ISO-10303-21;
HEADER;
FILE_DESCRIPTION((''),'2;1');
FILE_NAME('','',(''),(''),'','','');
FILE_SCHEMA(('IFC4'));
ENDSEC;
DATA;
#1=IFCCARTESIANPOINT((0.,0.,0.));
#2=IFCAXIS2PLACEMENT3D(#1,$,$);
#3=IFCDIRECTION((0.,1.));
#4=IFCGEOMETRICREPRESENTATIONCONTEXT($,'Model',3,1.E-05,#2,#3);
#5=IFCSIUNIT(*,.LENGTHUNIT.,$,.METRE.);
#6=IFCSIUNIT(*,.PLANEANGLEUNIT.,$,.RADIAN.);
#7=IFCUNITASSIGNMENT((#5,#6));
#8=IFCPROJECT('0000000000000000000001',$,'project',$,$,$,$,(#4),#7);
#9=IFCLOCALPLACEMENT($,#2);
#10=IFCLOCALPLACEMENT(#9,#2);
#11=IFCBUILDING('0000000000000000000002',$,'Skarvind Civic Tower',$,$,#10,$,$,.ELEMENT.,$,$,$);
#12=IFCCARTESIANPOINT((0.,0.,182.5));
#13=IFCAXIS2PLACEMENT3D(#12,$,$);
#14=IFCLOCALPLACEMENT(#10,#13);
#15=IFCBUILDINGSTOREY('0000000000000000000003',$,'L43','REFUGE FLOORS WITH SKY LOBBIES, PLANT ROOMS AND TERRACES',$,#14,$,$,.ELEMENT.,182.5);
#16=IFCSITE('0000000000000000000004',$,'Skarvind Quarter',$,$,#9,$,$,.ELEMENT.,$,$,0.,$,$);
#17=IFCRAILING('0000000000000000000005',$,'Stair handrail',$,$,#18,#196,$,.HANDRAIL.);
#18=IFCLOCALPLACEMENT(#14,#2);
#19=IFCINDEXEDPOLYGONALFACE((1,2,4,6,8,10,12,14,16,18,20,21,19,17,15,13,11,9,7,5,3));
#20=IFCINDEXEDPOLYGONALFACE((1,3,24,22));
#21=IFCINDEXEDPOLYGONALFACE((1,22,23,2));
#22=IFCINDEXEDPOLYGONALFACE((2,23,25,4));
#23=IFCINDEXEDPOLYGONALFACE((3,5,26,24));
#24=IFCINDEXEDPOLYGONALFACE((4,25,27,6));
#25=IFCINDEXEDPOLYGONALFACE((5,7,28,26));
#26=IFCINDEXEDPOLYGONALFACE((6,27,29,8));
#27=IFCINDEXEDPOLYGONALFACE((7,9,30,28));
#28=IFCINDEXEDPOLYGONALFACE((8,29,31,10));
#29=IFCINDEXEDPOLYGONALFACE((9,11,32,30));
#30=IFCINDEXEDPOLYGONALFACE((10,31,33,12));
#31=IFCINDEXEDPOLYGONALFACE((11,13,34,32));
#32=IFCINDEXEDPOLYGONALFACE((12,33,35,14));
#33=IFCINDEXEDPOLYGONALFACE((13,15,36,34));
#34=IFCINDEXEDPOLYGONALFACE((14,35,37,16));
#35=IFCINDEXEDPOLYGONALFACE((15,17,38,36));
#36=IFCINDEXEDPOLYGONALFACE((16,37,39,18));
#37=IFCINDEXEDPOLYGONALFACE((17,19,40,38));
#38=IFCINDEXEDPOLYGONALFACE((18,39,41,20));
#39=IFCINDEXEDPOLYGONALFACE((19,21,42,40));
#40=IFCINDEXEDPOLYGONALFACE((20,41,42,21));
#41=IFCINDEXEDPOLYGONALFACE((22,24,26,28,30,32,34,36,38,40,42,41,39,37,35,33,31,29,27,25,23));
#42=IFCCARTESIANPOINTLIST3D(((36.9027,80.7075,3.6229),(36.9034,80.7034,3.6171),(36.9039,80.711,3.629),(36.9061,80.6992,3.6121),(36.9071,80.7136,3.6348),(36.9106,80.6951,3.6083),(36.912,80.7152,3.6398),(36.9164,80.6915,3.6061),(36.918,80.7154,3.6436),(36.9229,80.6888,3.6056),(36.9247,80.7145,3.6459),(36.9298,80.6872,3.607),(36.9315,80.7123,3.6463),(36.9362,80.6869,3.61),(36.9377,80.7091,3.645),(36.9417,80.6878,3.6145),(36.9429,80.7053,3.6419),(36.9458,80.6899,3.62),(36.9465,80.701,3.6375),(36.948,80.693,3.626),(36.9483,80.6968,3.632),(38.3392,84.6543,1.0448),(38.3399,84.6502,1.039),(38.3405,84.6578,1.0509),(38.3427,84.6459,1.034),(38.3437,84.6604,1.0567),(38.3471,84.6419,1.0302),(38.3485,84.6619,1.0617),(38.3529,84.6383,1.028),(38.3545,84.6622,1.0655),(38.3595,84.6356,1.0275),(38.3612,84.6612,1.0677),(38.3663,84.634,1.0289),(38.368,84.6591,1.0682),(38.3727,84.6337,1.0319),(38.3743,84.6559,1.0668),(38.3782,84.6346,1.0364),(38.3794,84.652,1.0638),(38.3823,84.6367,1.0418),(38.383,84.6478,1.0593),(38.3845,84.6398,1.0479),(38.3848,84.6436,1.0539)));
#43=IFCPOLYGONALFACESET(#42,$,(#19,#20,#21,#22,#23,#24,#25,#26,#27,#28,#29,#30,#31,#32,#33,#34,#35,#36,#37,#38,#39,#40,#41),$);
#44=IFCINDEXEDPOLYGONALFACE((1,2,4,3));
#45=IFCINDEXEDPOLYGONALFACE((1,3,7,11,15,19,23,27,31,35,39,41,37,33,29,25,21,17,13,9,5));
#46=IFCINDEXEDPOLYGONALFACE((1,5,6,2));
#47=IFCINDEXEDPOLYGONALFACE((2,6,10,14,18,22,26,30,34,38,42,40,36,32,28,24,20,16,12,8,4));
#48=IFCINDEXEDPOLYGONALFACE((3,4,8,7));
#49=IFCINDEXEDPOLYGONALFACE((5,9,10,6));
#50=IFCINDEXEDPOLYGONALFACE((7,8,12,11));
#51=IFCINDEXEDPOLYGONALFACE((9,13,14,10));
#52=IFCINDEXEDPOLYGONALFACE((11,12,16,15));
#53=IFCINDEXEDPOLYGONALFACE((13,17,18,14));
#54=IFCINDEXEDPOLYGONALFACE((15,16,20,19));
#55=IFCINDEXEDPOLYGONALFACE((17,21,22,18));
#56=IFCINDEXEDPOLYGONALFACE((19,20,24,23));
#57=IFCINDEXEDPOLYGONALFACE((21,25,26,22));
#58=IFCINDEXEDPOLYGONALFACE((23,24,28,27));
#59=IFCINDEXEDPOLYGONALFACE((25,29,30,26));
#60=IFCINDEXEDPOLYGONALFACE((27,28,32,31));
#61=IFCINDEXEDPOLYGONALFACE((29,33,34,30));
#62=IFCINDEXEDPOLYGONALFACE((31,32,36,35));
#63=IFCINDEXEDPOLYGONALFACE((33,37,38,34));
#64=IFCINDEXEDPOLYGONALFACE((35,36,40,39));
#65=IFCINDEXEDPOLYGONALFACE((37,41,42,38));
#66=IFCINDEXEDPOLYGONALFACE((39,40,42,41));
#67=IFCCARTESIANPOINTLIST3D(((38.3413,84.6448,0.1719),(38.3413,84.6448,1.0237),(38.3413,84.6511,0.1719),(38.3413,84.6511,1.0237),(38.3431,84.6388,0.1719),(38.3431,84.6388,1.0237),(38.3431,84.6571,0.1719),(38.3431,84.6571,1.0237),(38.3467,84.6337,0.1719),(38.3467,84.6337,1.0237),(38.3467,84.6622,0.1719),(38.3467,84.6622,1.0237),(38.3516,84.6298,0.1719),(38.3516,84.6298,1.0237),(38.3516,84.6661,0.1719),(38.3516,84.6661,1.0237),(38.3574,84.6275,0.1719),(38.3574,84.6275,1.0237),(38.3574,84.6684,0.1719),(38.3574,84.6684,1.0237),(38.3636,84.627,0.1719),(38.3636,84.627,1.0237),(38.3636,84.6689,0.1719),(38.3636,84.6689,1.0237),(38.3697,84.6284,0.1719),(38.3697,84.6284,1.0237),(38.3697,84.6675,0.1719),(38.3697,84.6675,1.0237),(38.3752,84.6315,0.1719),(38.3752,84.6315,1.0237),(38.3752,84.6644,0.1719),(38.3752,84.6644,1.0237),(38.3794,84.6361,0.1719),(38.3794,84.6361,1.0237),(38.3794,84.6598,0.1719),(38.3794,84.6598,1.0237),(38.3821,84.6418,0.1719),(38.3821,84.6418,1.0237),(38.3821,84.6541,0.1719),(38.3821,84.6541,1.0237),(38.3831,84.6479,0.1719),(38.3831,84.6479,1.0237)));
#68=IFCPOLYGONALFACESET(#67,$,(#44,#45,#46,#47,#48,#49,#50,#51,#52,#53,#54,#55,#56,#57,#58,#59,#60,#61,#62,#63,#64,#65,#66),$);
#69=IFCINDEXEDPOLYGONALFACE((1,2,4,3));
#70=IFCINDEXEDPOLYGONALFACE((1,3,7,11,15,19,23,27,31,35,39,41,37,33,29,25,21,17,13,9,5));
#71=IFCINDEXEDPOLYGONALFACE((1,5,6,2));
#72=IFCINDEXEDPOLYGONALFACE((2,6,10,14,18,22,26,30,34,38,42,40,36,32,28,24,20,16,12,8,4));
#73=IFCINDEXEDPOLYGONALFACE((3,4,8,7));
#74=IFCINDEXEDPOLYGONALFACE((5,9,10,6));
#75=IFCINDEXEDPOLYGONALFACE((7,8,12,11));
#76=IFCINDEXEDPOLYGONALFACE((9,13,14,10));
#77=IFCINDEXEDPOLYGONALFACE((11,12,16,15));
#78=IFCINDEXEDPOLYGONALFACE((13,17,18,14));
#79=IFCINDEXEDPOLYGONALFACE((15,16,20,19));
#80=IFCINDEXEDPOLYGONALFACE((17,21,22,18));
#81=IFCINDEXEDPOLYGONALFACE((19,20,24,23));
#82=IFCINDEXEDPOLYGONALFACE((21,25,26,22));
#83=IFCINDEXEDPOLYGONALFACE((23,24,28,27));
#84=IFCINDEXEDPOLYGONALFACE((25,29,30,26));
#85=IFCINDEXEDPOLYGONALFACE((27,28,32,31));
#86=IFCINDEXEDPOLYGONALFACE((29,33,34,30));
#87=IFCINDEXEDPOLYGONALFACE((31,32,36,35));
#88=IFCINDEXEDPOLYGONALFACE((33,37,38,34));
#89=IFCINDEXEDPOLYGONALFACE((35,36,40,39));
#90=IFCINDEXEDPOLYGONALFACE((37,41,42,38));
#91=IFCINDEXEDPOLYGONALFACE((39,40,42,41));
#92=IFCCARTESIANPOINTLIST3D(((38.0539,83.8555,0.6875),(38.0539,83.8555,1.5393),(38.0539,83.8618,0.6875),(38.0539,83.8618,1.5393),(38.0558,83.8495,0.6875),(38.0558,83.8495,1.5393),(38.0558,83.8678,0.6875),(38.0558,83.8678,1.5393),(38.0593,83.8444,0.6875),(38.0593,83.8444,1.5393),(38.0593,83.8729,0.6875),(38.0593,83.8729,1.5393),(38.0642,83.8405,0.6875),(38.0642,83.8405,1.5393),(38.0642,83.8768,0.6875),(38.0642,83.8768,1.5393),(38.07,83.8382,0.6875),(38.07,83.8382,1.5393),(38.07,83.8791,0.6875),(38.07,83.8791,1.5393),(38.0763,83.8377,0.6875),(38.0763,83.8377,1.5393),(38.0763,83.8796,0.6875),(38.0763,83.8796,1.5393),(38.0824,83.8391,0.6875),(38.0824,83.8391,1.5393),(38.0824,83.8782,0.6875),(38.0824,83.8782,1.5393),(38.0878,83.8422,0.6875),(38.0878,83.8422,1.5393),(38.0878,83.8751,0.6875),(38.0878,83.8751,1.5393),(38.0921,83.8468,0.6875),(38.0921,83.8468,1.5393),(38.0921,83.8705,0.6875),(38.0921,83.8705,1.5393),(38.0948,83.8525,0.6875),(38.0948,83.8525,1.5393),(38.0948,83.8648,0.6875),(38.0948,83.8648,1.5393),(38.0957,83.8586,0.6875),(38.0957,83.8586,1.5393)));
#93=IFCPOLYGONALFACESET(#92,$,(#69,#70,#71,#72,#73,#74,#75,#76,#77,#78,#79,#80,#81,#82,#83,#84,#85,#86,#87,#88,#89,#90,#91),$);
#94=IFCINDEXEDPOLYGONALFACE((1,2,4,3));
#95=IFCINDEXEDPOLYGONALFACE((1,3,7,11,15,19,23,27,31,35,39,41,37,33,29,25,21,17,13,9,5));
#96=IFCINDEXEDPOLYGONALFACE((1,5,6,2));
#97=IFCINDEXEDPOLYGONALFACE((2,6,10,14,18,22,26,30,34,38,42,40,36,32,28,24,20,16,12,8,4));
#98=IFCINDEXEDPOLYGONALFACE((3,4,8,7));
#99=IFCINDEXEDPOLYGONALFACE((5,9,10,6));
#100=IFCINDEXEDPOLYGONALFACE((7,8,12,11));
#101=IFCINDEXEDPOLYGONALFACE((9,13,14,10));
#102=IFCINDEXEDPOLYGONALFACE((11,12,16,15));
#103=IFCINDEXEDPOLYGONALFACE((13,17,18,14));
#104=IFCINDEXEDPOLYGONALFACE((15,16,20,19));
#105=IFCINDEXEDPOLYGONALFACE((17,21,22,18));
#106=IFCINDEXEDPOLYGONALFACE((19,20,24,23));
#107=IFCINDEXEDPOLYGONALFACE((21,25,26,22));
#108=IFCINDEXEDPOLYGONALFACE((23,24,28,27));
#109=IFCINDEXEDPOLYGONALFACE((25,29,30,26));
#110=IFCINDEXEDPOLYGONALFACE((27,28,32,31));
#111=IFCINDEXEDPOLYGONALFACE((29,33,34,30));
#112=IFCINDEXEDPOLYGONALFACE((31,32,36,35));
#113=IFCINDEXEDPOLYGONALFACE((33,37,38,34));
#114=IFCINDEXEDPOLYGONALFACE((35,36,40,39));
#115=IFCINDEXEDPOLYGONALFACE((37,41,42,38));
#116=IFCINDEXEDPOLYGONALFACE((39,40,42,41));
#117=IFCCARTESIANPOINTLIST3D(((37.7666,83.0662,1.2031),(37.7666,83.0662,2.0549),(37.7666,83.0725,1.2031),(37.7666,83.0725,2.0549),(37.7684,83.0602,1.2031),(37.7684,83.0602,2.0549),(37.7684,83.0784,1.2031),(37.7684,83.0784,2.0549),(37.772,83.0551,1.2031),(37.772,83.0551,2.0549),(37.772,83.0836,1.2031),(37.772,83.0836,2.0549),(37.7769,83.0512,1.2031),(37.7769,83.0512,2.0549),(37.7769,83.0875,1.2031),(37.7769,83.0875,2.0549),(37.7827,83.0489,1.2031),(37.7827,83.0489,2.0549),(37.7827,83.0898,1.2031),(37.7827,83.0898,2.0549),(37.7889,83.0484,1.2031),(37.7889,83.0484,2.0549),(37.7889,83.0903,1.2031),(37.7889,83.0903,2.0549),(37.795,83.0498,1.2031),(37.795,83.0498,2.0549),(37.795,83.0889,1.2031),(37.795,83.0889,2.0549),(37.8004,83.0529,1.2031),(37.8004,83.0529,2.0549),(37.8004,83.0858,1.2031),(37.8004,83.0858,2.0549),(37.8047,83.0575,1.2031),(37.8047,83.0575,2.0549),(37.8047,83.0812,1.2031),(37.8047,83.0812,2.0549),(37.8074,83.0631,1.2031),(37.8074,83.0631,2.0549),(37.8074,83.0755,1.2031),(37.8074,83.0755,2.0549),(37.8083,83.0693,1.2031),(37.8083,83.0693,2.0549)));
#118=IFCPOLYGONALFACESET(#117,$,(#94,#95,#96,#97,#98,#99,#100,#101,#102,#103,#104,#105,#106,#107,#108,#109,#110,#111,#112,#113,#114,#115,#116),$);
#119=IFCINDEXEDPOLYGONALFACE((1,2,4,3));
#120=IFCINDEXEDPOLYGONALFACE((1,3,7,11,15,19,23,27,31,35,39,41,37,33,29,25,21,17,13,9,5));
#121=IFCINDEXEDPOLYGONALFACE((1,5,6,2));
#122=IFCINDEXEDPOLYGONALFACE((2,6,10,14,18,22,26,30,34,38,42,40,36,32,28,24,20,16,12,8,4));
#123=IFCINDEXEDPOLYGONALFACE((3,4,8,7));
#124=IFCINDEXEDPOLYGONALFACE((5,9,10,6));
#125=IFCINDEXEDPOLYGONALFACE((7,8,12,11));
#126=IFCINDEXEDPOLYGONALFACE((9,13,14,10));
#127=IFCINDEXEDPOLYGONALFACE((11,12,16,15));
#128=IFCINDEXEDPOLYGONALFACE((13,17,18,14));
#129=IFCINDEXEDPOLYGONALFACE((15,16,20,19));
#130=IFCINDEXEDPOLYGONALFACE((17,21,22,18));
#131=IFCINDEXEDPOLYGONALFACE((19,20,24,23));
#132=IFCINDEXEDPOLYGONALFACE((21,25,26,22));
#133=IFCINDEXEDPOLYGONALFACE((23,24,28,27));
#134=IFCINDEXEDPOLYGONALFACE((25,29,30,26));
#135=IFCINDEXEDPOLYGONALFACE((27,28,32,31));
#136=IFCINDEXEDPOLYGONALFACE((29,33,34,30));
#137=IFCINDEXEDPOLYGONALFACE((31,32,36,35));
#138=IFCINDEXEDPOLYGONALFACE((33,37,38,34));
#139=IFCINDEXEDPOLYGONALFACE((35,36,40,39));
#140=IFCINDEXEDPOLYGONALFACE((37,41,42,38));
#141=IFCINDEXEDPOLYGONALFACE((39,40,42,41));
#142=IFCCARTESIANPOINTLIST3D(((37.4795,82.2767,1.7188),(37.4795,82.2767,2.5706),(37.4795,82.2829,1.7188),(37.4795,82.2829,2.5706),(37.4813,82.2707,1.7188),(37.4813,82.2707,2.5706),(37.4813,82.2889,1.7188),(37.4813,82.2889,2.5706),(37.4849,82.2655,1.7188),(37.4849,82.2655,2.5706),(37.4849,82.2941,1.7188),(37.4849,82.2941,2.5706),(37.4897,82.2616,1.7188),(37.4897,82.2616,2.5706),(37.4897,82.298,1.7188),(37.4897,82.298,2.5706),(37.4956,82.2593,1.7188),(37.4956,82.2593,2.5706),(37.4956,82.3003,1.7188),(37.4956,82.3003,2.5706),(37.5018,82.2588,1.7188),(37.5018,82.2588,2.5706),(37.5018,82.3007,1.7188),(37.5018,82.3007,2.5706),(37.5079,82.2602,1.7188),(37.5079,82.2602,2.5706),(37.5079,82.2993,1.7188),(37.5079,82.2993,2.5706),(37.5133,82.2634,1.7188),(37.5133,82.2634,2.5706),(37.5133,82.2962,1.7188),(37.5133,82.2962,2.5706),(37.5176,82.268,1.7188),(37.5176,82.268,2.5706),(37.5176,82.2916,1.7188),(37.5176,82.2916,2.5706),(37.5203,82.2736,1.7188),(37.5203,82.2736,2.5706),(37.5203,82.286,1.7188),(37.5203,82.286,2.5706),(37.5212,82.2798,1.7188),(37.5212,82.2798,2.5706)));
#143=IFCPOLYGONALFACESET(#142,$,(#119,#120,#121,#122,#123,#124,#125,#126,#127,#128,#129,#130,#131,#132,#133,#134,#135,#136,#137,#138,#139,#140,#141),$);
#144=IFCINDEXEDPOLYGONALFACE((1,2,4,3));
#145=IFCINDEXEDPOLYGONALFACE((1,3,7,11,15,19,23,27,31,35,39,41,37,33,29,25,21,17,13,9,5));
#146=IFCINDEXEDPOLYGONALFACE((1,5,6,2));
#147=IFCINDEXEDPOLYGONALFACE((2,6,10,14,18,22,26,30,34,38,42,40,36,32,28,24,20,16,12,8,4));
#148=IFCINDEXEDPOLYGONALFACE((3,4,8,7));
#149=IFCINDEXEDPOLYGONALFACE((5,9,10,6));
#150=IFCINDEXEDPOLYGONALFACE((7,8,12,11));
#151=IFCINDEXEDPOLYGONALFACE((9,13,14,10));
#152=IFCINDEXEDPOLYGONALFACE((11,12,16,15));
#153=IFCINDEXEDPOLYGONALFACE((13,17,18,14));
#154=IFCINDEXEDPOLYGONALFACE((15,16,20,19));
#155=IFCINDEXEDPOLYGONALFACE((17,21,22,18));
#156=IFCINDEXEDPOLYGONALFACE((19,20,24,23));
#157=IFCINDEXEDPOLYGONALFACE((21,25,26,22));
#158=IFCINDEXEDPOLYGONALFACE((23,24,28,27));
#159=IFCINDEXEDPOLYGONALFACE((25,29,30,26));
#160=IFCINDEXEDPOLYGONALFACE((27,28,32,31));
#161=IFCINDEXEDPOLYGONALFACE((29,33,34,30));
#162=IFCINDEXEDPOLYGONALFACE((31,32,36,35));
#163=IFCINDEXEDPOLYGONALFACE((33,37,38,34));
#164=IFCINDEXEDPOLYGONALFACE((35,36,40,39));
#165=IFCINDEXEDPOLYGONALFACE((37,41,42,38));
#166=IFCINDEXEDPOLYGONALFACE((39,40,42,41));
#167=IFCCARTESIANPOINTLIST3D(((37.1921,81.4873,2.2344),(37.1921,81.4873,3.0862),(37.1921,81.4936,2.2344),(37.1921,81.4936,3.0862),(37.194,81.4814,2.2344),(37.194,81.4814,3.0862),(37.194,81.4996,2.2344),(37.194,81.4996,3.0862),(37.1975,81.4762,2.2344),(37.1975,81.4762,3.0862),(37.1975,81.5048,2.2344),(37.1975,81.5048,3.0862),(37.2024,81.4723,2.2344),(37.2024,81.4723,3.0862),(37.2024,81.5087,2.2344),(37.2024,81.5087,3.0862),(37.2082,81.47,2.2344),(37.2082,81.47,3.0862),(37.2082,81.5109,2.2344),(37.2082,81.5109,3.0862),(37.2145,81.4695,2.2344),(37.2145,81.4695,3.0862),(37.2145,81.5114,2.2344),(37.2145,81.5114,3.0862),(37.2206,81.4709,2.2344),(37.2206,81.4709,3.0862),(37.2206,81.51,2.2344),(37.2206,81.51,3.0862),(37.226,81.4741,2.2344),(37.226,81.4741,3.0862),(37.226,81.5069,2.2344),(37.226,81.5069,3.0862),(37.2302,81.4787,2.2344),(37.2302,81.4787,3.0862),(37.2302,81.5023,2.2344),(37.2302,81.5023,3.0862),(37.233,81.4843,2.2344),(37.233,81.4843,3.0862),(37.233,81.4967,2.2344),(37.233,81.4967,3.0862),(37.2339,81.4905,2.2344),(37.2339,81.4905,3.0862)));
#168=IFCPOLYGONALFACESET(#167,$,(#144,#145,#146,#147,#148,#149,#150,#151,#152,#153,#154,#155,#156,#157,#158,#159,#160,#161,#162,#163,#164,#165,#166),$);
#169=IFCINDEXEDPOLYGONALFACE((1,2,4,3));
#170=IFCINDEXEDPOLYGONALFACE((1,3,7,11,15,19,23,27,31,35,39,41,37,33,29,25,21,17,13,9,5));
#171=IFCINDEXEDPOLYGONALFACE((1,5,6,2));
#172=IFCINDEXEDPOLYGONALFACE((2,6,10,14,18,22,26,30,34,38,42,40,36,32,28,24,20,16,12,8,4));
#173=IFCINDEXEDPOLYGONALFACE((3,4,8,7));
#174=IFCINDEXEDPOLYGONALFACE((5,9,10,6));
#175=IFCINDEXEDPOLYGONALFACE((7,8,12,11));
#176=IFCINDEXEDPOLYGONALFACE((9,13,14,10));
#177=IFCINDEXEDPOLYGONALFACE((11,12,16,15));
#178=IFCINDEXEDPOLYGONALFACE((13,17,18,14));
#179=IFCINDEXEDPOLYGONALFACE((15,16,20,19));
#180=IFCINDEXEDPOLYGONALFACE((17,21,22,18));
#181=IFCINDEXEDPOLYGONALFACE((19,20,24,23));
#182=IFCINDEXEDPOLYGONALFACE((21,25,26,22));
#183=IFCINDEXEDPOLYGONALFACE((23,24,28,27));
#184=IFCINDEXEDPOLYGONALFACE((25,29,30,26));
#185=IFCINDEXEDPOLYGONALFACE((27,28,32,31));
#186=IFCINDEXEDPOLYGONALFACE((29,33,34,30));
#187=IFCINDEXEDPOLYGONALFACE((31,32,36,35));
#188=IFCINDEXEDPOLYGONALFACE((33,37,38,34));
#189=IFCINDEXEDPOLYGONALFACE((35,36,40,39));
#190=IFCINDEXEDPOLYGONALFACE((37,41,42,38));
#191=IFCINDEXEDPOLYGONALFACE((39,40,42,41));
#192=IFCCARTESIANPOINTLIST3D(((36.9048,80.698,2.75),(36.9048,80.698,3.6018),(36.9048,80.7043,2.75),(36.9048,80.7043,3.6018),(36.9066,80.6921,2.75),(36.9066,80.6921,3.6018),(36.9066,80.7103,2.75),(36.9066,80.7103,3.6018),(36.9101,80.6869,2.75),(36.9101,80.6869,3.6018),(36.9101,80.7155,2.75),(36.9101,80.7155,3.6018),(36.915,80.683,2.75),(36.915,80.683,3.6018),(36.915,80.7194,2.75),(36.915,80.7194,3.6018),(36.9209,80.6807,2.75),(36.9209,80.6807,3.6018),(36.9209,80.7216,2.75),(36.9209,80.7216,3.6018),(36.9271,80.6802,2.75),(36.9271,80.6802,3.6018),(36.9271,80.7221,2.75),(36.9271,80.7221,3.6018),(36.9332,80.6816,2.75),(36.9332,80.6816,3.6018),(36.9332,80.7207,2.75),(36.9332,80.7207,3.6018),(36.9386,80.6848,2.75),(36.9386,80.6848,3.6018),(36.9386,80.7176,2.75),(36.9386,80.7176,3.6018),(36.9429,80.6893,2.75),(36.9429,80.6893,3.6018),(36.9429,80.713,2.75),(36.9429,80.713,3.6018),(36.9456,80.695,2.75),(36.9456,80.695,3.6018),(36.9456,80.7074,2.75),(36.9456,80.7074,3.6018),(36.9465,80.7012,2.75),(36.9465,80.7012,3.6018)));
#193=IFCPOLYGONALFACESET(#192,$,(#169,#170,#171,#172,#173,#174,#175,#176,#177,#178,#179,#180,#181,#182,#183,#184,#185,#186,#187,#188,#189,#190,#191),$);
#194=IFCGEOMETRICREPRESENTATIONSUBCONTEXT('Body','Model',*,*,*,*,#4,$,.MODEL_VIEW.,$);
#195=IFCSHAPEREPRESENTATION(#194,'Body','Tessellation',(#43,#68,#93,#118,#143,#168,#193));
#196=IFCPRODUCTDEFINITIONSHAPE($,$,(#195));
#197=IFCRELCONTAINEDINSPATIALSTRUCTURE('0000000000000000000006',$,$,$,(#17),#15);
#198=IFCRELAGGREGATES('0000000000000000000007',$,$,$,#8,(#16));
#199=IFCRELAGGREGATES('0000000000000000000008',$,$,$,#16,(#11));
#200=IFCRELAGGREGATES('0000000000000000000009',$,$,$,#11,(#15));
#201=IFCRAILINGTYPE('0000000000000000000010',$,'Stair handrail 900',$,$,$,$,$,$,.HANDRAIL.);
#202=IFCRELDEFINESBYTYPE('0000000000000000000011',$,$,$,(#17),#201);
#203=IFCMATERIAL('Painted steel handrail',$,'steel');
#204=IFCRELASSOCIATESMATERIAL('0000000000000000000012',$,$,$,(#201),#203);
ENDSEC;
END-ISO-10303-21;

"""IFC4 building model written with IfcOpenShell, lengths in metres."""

from ifc_helpers import new_model, si_unit, direction, frame, origin, origin_2d, place, context, subcontext, project, spatial, circle, extrude, material, type_object, element, save


model = new_model("IFC4")

# Units and contexts
model_context = context("Model", 3, precision=1e-05, world=origin(), true_north=direction((0.0, 1.0)))
body_context = subcontext(model_context, "Body", "Model", "MODEL_VIEW")
ifc_project = project(units=[si_unit("LENGTHUNIT", "METRE"), si_unit("PLANEANGLEUNIT", "RADIAN")], contexts=[model_context])

# Site, building, storey
site_placement = place(None, origin())
site = spatial("IfcSite", under=ifc_project, at=site_placement, Name="Skarvind Quarter", CompositionType="ELEMENT", RefElevation=0.0)
building_placement = place(site_placement, origin())
building = spatial("IfcBuilding", under=site, at=building_placement, Name="Skarvind Civic Tower", CompositionType="ELEMENT")
storey_placement = place(building_placement, frame((0.0, 0.0, 182.5)))
storey = spatial("IfcBuildingStorey", under=building, at=storey_placement, Name="L43", Description="REFUGE FLOORS WITH SKY LOBBIES, PLANT ROOMS AND TERRACES", CompositionType="ELEMENT", Elevation=182.5)

# Railing
ifc_material_1 = material(Name="Painted steel handrail", Category="steel")
railing_type = type_object("IfcRailingType", Name="Stair handrail 900", PredefinedType="HANDRAIL", material=ifc_material_1)
railing_1_placement = place(storey_placement, frame((38.3621, 84.6479, 0.1719)))
element("IfcRailing", 1, at=railing_1_placement, inside=storey, type_object=railing_type, Name="Stair handrail", PredefinedType="HANDRAIL", context=body_context, shape_type="SweptSolid", body=[
    extrude(circle(Radius=0.0239, at=origin_2d()), frame((0.0, 0.0, 0.876), z_axis=(-0.291489, -0.800852, 0.523135), x_axis=(0.939692, -0.342023, 0.0)), (0.0, 0.0, 1.0), 4.9282),
    extrude(circle(Radius=0.021, at=origin_2d()), origin(), (0.0, 0.0, 1.0), 0.8518),
    extrude(circle(Radius=0.021, at=origin_2d()), frame((-0.2874, -0.7893, 0.5156)), (0.0, 0.0, 1.0), 0.8518),
    extrude(circle(Radius=0.021, at=origin_2d()), frame((-0.5747, -1.5786, 1.0312)), (0.0, 0.0, 1.0), 0.8518),
    extrude(circle(Radius=0.021, at=origin_2d()), frame((-0.8618, -2.3682, 1.5469)), (0.0, 0.0, 1.0), 0.8518),
    extrude(circle(Radius=0.021, at=origin_2d()), frame((-1.1492, -3.1575, 2.0625)), (0.0, 0.0, 1.0), 0.8518),
    extrude(circle(Radius=0.021, at=origin_2d()), frame((-1.4365, -3.9468, 2.5781)), (0.0, 0.0, 1.0), 0.8518),
])

save(model, "model.ifc")
